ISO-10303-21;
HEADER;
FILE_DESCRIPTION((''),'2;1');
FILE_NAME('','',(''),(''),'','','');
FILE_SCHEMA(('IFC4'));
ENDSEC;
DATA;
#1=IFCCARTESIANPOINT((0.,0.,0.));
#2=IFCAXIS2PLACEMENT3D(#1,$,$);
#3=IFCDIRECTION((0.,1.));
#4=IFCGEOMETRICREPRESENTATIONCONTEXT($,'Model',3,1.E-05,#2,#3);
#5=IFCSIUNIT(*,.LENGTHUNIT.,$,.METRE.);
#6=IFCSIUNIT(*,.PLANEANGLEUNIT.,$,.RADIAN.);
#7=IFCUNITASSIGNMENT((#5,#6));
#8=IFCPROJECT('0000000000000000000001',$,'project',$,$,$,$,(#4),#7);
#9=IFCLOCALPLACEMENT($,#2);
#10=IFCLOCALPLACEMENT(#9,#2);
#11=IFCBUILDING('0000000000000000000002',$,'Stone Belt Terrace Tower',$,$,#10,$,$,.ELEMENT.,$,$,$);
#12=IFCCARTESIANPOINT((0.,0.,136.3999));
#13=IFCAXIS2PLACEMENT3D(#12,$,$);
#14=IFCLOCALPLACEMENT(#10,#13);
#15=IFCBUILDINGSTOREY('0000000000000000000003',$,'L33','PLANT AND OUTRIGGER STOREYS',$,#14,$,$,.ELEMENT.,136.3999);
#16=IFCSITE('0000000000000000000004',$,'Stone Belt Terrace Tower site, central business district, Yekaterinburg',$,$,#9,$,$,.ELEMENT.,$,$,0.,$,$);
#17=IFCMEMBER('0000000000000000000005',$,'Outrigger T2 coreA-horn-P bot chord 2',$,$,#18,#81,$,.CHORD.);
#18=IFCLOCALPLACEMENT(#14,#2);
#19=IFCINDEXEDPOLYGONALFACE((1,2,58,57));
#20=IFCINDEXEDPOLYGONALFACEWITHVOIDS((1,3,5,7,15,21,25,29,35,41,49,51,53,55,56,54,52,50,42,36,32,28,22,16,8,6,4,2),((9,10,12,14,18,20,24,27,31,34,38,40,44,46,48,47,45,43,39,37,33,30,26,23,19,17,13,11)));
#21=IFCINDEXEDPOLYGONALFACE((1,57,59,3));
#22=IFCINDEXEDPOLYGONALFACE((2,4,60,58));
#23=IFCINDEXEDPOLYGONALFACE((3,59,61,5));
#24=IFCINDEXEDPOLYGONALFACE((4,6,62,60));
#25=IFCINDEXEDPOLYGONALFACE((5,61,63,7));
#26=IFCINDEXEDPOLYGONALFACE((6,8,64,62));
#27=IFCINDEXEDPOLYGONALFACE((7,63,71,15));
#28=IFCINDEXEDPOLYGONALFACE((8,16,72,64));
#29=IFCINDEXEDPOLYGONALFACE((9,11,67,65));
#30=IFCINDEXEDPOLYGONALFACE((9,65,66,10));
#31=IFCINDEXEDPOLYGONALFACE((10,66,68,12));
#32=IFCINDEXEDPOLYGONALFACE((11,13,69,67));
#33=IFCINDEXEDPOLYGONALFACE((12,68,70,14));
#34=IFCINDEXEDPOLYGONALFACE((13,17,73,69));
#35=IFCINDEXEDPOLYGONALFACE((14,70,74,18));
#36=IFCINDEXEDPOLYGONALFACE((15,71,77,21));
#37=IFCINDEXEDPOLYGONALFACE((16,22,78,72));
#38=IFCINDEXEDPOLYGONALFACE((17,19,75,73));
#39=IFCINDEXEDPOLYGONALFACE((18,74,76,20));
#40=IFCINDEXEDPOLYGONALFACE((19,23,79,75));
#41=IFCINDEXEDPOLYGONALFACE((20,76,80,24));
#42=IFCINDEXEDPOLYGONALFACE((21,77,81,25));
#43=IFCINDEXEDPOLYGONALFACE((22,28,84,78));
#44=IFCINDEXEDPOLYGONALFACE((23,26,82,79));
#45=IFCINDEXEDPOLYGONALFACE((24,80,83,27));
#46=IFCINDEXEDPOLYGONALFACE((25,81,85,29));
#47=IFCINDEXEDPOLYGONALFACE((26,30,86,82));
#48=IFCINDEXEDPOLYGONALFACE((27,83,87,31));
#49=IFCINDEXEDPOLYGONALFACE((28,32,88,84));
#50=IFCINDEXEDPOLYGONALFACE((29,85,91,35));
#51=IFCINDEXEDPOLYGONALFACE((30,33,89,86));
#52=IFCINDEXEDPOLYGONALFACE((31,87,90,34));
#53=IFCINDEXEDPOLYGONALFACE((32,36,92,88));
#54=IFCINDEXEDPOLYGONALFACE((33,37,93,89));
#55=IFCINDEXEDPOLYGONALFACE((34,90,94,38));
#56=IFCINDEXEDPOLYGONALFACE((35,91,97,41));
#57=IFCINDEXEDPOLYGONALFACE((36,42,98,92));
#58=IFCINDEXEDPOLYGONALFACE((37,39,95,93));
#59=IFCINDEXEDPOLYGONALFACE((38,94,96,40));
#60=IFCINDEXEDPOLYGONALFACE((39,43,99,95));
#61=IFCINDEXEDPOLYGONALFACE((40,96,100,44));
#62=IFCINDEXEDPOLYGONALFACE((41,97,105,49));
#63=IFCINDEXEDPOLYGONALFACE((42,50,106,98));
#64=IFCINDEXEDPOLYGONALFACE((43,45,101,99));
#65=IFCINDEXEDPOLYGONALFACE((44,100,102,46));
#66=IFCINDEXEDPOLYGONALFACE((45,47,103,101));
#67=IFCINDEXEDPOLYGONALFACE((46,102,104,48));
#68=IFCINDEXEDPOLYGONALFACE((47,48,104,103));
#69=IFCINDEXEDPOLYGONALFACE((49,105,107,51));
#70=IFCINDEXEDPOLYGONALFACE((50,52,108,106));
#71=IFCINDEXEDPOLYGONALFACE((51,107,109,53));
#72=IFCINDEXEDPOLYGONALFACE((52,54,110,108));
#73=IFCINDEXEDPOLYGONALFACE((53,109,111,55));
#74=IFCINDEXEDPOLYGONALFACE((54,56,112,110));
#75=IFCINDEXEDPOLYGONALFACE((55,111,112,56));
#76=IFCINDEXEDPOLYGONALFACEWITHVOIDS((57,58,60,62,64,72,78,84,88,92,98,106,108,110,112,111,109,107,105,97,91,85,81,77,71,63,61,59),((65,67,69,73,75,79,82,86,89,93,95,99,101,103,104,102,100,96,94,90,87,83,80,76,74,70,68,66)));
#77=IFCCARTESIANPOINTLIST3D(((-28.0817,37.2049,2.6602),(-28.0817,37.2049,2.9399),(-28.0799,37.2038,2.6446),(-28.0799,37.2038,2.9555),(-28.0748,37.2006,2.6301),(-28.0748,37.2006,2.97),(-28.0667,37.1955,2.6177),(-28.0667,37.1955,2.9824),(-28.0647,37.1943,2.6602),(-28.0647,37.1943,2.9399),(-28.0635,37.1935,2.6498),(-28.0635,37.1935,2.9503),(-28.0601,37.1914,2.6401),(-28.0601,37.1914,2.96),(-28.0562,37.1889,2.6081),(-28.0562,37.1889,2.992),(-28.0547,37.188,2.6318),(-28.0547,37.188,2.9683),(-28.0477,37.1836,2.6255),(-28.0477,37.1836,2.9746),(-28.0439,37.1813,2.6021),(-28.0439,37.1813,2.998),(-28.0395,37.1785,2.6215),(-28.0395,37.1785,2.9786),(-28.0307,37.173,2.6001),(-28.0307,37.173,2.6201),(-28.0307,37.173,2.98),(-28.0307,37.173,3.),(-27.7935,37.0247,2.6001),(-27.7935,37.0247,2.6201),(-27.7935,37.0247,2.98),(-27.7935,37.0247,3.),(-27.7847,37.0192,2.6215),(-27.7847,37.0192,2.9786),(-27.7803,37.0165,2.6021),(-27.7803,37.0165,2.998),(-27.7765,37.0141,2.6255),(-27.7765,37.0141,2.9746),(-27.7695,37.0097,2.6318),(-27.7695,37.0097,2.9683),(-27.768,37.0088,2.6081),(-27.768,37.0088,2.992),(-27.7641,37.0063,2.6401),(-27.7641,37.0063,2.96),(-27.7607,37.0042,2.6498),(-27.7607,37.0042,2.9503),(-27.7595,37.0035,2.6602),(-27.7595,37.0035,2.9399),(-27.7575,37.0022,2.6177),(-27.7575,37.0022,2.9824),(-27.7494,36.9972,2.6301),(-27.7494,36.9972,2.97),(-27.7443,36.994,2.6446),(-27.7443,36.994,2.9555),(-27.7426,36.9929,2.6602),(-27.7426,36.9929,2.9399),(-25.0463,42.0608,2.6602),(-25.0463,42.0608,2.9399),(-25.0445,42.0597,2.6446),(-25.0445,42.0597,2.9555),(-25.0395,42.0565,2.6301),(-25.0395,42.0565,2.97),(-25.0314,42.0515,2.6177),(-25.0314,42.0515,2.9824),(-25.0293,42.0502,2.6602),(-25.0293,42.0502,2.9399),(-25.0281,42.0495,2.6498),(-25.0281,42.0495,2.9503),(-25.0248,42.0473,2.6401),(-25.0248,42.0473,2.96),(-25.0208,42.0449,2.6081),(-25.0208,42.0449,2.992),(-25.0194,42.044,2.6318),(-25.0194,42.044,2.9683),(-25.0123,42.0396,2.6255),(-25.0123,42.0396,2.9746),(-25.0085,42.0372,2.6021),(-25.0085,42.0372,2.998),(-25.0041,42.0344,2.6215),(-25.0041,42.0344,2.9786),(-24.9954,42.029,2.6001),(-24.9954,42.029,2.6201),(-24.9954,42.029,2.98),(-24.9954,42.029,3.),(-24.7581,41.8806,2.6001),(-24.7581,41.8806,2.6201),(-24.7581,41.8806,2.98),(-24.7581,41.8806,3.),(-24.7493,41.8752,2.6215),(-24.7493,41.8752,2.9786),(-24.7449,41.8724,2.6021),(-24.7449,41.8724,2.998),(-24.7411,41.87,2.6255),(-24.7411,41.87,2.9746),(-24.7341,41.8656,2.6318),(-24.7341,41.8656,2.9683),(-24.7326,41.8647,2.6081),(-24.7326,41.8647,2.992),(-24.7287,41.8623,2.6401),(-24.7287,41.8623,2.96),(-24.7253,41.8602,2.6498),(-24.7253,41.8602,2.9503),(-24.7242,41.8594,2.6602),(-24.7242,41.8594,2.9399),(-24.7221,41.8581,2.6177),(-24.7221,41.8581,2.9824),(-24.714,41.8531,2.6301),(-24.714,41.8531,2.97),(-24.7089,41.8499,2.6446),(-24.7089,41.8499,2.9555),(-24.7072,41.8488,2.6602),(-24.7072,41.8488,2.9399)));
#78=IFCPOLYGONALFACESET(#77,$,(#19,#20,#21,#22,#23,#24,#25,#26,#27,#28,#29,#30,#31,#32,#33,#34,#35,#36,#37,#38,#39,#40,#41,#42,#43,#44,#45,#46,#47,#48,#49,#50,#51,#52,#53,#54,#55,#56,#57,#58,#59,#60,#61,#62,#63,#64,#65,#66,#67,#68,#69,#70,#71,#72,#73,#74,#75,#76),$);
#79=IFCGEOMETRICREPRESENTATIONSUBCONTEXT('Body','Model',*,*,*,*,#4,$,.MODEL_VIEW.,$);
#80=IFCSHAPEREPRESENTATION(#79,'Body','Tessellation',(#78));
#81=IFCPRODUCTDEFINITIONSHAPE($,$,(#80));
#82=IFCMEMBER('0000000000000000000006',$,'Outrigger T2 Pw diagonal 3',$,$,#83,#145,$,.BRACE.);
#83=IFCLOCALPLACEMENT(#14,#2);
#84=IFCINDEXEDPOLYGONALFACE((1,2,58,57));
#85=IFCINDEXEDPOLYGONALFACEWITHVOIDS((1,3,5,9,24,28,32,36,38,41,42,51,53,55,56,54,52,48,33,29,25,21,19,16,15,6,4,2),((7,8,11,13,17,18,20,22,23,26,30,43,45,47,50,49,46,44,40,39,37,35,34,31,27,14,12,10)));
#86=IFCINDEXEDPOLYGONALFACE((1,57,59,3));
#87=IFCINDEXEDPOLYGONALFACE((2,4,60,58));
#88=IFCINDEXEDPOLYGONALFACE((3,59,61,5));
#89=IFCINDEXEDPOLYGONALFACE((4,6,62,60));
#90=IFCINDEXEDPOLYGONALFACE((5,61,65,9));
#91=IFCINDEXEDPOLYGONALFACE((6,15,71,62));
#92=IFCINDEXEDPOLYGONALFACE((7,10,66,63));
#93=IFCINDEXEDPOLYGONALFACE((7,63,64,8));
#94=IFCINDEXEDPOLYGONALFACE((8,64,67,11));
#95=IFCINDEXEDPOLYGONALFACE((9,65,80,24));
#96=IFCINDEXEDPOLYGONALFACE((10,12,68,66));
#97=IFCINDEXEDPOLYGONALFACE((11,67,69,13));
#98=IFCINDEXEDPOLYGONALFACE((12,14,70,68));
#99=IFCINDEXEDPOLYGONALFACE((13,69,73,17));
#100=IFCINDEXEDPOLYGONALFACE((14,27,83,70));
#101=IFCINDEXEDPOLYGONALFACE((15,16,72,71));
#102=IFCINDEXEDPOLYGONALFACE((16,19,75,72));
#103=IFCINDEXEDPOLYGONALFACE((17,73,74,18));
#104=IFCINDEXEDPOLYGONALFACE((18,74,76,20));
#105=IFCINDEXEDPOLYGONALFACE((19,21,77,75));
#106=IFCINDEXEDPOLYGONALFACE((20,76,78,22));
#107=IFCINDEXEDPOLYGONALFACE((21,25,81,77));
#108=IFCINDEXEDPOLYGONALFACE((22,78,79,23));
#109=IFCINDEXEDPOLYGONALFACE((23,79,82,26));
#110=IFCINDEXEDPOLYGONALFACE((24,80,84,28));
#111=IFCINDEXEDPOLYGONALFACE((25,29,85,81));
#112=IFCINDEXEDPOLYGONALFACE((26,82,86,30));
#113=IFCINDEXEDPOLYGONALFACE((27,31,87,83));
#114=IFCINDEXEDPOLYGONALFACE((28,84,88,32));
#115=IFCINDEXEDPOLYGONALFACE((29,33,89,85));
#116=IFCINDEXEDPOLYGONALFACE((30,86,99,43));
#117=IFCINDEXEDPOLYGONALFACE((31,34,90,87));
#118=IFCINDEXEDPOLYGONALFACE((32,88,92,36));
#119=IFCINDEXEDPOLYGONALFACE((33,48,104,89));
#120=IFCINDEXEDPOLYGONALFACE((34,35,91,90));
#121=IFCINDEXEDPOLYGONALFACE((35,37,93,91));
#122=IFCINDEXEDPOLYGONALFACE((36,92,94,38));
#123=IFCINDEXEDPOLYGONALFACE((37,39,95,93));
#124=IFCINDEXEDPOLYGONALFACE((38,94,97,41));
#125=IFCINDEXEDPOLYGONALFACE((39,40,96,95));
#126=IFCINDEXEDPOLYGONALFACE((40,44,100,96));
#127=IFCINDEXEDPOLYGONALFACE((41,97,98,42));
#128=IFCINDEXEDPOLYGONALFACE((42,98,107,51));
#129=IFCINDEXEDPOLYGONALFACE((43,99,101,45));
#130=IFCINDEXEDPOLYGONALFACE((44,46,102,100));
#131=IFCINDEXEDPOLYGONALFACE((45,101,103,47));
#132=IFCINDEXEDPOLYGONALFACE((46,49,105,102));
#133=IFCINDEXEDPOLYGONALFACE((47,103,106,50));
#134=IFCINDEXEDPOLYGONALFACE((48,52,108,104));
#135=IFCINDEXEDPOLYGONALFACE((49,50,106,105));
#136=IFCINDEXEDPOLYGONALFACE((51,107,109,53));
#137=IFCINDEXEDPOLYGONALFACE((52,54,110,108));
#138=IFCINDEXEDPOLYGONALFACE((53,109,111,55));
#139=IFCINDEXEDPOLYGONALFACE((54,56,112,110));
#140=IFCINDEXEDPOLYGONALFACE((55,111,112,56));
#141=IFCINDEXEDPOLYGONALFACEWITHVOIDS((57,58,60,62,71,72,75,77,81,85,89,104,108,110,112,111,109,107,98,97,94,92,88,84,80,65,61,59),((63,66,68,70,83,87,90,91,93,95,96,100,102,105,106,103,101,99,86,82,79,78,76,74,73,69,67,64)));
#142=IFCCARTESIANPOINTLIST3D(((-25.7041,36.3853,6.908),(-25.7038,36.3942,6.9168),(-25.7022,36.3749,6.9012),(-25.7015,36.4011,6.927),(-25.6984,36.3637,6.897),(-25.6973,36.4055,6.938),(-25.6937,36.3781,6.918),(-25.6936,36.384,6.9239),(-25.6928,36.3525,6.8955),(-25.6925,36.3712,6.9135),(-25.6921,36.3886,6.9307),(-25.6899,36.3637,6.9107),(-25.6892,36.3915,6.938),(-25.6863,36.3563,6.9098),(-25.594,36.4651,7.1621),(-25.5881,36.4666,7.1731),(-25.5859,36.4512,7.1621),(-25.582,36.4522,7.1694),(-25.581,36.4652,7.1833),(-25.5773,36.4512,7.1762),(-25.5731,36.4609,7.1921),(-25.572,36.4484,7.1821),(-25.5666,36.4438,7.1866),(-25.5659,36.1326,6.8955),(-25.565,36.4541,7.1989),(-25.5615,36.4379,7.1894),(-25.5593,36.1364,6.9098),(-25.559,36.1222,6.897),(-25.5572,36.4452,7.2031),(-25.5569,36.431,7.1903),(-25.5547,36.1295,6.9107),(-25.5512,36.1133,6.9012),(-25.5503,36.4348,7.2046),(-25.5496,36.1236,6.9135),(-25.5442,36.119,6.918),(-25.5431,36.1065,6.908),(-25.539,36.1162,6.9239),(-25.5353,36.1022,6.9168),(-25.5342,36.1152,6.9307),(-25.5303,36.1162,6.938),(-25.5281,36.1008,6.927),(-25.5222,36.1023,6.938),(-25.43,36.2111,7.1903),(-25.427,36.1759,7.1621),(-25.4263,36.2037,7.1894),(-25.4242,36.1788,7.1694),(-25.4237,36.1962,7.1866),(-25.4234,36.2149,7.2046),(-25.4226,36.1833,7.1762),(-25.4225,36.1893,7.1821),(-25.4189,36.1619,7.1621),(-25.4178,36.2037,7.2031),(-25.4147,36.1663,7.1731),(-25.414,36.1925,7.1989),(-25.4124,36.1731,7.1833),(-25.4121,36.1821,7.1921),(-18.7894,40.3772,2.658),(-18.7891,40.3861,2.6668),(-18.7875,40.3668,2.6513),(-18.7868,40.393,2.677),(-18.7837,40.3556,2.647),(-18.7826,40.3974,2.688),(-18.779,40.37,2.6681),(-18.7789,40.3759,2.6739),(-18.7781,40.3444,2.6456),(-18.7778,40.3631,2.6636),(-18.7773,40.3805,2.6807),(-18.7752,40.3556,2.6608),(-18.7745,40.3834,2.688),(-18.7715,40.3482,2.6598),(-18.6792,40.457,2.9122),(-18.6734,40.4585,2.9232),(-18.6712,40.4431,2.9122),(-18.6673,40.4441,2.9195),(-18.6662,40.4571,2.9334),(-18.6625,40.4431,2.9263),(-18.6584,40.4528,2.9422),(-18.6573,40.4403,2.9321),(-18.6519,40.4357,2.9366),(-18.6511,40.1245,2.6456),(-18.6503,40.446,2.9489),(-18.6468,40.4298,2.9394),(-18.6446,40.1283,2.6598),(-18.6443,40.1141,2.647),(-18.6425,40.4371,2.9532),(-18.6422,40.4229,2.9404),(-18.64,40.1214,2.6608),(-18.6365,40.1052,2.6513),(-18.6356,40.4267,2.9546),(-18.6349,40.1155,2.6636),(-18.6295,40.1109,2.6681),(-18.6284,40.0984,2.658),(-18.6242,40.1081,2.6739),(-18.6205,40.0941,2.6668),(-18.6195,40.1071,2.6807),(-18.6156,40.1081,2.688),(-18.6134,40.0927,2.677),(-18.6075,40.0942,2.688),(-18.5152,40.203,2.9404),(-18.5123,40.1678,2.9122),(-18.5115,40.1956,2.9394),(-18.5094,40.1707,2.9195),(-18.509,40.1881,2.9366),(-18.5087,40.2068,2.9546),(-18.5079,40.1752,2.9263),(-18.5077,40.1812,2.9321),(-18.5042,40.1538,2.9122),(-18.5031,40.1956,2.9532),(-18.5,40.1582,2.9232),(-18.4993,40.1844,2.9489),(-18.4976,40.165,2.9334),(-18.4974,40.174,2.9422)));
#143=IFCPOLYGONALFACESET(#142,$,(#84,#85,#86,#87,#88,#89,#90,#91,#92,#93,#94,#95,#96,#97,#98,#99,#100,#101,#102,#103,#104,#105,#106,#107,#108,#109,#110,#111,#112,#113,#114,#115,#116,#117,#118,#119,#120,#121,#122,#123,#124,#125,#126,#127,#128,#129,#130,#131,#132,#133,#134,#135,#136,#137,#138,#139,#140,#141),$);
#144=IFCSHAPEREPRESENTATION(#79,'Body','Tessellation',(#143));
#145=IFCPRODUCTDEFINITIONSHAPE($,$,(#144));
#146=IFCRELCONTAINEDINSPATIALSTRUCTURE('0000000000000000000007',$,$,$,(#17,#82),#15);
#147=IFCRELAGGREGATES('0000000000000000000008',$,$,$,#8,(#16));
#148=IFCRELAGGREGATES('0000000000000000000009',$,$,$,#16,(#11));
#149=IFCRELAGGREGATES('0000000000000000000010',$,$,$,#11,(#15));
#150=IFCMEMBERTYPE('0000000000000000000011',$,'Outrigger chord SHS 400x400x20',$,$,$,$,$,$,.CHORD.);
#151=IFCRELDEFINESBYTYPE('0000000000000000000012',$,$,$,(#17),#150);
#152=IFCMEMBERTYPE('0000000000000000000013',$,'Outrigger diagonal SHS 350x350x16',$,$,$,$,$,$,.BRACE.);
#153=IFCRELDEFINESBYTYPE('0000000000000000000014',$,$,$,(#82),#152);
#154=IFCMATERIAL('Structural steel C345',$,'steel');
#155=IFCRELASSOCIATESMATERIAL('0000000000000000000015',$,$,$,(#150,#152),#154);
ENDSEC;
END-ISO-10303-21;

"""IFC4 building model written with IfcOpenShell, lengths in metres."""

from ifc_helpers import new_model, si_unit, direction, frame, origin, origin_2d, place, context, subcontext, project, spatial, hollow_rectangle, extrude, material, material_profile, profile_set, type_object, element, save


model = new_model("IFC4")

# Units and contexts
model_context = context("Model", 3, precision=1e-05, world=origin(), true_north=direction((0.0, 1.0)))
body_context = subcontext(model_context, "Body", "Model", "MODEL_VIEW")
ifc_project = project(units=[si_unit("LENGTHUNIT", "METRE"), si_unit("PLANEANGLEUNIT", "RADIAN")], contexts=[model_context])

# Site, building, storey
site_placement = place(None, origin())
site = spatial("IfcSite", under=ifc_project, at=site_placement, Name="Stone Belt Terrace Tower site, central business district, Yekaterinburg", CompositionType="ELEMENT", RefElevation=0.0)
building_placement = place(site_placement, origin())
building = spatial("IfcBuilding", under=site, at=building_placement, Name="Stone Belt Terrace Tower", CompositionType="ELEMENT")
storey_placement = place(building_placement, frame((0.0, 0.0, 136.3999)))
storey = spatial("IfcBuildingStorey", under=building, at=storey_placement, Name="L33", Description="PLANT AND OUTRIGGER STOREYS", CompositionType="ELEMENT", Elevation=136.3999)

# Members
ifc_material_1 = material(Name="Structural steel C345", Category="steel")
ifc_material_profile_1 = material_profile(ifc_material_1, hollow_rectangle(XDim=0.3999, YDim=0.3999, WallThickness=0.02, InnerFilletRadius=0.04, OuterFilletRadius=0.0601, at=origin_2d()), Name="SHS 400x400x20")
ifc_profile_set_1 = profile_set([ifc_material_profile_1], Name="Structural steel C345")
member_type_1 = type_object("IfcMemberType", Name="Outrigger chord SHS 400x400x20", PredefinedType="CHORD", material=ifc_profile_set_1)
for number, where, z_axis, x_axis, name in (
    (1, (-27.9121, 37.0989, 2.8), (0.530053, 0.847965, 0.0), (-0.847965, 0.530053, 0.0), "Outrigger T2 coreA-horn-P bot chord 2"),
):
    element("IfcMember", number, at=place(storey_placement, frame(where, z_axis=z_axis, x_axis=x_axis)), inside=storey, type_object=member_type_1, Name=name, PredefinedType="CHORD", context=body_context, shape_type="SweptSolid", body=[
        extrude(hollow_rectangle(XDim=0.3999, YDim=0.3999, WallThickness=0.02, InnerFilletRadius=0.04, OuterFilletRadius=0.0601, at=origin_2d()), origin(), (0.0, 0.0, 1.0), 5.7266),
    ])
ifc_material_profile_2 = material_profile(ifc_material_1, hollow_rectangle(XDim=0.3501, YDim=0.3501, WallThickness=0.0161, InnerFilletRadius=0.032, OuterFilletRadius=0.0481, at=origin_2d()), Name="SHS 350x350x16")
ifc_profile_set_2 = profile_set([ifc_material_profile_2], Name="Structural steel C345")
member_type_2 = type_object("IfcMemberType", Name="Outrigger diagonal SHS 350x350x16", PredefinedType="BRACE", material=ifc_profile_set_2)
member_1_placement = place(storey_placement, frame((-25.5581, 36.2837, 7.05), z_axis=(0.764486, 0.441341, -0.469871), x_axis=(-0.49997, 0.866043, 0.0)))
element("IfcMember", 2, at=member_1_placement, inside=storey, type_object=member_type_2, Name="Outrigger T2 Pw diagonal 3", PredefinedType="BRACE", context=body_context, shape_type="SweptSolid", body=[
    extrude(hollow_rectangle(XDim=0.3501, YDim=0.3501, WallThickness=0.0161, InnerFilletRadius=0.032, OuterFilletRadius=0.0481, at=origin_2d()), origin(), (0.0, 0.0, 1.0), 9.0449),
])

save(model, "model.ifc")
